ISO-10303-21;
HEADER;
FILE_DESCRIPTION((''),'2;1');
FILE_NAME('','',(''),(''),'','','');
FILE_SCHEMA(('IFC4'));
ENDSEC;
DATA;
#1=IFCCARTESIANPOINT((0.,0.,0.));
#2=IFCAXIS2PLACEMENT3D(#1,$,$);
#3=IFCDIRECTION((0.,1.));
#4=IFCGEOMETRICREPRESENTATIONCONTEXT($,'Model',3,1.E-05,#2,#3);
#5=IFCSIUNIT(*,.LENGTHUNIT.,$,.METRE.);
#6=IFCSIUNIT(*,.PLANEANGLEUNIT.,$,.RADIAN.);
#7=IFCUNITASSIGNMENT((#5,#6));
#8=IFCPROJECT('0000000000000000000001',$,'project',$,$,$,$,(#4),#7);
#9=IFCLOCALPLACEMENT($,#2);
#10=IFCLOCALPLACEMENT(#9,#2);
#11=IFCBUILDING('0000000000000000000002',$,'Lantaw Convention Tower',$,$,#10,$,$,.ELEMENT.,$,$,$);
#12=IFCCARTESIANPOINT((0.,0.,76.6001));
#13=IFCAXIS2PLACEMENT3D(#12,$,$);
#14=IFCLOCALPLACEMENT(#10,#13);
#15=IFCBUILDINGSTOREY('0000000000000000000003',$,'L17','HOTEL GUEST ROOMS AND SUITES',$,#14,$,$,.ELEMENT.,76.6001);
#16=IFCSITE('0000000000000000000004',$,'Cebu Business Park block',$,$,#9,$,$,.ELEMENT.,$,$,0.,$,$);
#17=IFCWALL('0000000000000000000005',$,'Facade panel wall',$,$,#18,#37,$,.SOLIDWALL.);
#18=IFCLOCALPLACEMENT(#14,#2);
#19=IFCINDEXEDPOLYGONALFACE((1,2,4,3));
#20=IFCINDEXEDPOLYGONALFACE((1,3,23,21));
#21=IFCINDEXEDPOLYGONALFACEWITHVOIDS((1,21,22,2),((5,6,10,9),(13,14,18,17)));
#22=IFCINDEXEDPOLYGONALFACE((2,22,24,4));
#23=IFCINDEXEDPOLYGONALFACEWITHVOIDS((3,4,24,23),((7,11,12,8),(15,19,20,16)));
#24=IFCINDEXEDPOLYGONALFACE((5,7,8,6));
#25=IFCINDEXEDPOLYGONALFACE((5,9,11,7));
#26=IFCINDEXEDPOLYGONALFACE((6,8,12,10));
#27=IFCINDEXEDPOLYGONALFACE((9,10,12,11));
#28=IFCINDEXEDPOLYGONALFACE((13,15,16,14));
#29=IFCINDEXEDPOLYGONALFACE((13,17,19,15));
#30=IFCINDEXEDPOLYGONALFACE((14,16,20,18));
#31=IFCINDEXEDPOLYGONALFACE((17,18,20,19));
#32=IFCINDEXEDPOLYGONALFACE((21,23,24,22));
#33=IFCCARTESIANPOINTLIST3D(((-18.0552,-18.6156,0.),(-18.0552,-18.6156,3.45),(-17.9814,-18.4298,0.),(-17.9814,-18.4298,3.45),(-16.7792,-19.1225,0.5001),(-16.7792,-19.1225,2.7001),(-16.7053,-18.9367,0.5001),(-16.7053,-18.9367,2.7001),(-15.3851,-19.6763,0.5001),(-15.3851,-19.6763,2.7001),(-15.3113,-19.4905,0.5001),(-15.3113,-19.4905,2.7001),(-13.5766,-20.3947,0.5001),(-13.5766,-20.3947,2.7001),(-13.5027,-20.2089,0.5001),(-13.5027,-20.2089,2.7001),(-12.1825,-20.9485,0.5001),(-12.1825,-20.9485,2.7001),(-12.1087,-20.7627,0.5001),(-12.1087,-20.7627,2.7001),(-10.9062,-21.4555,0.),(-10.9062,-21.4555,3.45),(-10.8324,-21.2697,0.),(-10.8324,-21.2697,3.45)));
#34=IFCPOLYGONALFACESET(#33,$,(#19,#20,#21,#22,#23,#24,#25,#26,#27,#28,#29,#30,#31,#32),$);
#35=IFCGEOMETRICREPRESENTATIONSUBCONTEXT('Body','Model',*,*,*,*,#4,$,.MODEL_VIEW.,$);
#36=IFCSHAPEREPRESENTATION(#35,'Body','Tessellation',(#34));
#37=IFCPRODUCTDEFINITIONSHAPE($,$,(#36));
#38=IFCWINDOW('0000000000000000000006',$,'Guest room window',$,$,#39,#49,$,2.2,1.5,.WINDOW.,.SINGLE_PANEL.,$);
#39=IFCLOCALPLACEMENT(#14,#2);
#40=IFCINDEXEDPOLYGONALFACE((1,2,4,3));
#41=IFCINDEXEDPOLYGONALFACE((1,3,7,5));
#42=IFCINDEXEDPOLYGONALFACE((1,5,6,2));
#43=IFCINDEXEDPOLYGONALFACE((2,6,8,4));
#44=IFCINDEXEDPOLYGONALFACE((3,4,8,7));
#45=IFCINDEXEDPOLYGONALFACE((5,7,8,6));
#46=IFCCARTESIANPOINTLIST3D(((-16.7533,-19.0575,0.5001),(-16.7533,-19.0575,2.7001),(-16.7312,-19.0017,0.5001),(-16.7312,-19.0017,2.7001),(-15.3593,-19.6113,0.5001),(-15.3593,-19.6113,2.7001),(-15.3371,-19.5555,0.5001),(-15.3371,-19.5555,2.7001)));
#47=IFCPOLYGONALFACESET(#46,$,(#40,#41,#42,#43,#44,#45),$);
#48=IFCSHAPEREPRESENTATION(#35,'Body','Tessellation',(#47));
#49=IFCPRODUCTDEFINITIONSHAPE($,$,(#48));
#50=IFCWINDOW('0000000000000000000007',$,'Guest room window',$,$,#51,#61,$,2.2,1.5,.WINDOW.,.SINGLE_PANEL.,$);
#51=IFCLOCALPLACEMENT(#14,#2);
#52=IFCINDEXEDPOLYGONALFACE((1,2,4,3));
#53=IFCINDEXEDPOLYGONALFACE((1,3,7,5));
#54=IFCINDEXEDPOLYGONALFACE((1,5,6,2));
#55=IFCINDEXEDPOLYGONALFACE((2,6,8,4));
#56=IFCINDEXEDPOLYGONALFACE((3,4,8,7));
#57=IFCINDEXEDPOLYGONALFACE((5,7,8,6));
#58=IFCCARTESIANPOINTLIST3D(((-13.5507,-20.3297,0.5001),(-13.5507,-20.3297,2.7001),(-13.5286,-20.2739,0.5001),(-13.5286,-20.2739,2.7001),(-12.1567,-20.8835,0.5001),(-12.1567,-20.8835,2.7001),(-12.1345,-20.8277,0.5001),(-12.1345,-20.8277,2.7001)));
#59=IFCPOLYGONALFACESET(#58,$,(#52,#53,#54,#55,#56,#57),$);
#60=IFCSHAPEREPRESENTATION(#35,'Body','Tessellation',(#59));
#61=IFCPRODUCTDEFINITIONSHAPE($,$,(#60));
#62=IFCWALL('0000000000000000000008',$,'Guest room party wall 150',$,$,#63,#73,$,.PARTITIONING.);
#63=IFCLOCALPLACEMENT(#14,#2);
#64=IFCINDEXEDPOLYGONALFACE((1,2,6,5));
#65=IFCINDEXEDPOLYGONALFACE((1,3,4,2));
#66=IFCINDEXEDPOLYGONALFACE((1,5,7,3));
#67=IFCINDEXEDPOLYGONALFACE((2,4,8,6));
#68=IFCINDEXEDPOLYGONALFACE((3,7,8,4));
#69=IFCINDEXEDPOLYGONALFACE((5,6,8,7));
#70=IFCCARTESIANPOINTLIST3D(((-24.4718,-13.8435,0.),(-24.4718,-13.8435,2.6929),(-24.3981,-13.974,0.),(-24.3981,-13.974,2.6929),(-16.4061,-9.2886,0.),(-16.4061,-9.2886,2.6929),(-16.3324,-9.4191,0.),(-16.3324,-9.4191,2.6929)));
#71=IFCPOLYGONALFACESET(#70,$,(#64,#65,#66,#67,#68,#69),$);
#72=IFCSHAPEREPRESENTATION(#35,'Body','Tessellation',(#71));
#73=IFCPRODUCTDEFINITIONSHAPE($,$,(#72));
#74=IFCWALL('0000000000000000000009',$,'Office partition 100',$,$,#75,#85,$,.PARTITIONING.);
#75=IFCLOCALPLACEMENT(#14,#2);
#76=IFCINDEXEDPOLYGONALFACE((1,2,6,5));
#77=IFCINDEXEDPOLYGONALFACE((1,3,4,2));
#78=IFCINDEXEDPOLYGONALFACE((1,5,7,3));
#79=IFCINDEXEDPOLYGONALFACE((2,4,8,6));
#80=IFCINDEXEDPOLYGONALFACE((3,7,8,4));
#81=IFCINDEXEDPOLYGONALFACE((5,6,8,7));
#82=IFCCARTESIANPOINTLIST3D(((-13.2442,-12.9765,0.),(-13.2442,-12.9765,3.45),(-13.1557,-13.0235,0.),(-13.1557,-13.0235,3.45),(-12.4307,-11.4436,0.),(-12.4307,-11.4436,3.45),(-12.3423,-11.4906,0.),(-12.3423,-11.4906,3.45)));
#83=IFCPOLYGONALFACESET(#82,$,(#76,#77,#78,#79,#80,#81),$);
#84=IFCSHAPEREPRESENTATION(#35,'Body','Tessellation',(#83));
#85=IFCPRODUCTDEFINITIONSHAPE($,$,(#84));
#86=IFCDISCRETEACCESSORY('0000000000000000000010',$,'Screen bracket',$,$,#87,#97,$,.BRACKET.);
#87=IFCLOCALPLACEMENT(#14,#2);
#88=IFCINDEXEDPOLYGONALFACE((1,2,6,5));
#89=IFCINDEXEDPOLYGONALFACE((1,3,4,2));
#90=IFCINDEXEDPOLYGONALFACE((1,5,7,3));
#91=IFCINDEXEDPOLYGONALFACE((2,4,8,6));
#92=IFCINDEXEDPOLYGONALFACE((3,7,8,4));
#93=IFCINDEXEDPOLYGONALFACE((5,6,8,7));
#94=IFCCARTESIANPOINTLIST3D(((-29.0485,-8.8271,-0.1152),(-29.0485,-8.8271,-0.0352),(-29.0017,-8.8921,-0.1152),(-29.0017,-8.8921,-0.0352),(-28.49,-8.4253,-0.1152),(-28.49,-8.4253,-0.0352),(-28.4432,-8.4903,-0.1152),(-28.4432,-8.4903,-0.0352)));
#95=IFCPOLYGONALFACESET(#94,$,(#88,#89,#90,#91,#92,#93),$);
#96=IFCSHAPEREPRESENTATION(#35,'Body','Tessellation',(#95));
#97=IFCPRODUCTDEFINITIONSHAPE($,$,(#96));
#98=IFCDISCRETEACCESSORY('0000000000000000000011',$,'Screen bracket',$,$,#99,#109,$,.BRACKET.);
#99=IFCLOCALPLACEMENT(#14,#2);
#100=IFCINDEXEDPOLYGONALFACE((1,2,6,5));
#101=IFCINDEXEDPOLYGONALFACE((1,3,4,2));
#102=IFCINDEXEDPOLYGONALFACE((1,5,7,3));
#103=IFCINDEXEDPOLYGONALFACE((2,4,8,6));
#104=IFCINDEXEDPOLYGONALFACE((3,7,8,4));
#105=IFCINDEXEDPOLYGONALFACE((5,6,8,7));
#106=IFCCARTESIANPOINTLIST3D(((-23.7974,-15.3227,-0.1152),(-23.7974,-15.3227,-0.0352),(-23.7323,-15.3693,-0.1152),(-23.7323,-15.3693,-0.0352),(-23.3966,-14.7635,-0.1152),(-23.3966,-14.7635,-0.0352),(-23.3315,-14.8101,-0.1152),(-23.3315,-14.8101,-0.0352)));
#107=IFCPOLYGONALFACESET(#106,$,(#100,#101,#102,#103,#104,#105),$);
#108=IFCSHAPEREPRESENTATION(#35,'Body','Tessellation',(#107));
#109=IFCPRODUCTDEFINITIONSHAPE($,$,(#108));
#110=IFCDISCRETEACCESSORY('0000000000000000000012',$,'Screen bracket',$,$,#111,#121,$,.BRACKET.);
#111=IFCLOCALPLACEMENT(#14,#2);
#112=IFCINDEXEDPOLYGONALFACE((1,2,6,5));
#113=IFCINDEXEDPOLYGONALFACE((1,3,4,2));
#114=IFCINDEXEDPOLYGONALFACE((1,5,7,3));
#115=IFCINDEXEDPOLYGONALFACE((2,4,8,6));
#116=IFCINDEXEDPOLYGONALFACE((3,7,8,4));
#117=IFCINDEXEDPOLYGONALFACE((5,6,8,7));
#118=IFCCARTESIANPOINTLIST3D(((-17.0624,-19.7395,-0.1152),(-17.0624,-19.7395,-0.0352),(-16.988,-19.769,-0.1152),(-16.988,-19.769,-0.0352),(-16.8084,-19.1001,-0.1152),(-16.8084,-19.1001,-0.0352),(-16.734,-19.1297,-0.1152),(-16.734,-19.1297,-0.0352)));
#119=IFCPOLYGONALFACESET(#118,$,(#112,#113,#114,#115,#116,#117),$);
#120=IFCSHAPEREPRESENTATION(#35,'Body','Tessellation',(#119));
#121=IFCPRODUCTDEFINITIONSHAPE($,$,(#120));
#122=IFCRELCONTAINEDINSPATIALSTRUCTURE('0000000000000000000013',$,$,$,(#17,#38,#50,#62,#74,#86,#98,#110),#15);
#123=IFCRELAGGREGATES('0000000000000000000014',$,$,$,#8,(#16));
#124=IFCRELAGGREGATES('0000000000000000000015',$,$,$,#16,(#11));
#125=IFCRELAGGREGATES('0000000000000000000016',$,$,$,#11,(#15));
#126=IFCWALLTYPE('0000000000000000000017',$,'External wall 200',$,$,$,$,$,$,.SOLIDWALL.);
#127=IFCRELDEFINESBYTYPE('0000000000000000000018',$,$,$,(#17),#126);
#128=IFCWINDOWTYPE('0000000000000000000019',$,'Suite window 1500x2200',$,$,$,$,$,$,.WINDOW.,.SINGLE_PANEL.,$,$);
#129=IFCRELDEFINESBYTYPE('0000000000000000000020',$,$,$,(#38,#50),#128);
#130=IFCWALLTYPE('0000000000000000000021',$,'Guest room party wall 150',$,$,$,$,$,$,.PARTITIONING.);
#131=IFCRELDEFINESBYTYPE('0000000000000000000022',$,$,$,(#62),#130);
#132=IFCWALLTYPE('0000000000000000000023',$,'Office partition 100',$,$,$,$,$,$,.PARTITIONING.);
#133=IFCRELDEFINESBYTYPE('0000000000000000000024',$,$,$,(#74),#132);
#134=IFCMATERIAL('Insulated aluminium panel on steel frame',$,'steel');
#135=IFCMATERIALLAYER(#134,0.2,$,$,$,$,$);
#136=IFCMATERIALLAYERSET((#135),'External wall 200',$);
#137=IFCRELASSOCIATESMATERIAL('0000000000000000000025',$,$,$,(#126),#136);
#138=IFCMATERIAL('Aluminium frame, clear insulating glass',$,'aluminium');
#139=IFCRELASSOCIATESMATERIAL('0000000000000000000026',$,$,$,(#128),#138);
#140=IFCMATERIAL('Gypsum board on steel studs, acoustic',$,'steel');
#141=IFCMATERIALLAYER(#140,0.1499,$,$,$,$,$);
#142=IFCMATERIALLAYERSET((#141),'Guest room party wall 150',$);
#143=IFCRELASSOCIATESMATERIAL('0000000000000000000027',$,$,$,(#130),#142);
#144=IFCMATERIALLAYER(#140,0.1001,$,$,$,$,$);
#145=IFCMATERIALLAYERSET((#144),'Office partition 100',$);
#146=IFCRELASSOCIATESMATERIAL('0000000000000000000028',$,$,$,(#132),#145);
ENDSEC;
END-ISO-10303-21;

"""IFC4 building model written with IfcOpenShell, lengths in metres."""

from ifc_helpers import new_model, si_unit, direction, frame, frame_2d, origin, origin_2d, place, context, subcontext, project, spatial, rectangle, extrude, material, layer, layer_set, type_object, element, fill, save


model = new_model("IFC4")

# Units and contexts
model_context = context("Model", 3, precision=1e-05, world=origin(), true_north=direction((0.0, 1.0)))
body_context = subcontext(model_context, "Body", "Model", "MODEL_VIEW")
ifc_project = project(units=[si_unit("LENGTHUNIT", "METRE"), si_unit("PLANEANGLEUNIT", "RADIAN")], contexts=[model_context])

# Site, building, storey
site_placement = place(None, origin())
site = spatial("IfcSite", under=ifc_project, at=site_placement, Name="Cebu Business Park block", CompositionType="ELEMENT", RefElevation=0.0)
building_placement = place(site_placement, origin())
building = spatial("IfcBuilding", under=site, at=building_placement, Name="Lantaw Convention Tower", CompositionType="ELEMENT")
storey_placement = place(building_placement, frame((0.0, 0.0, 76.6001)))
storey = spatial("IfcBuildingStorey", under=building, at=storey_placement, Name="L17", Description="HOTEL GUEST ROOMS AND SUITES", CompositionType="ELEMENT", Elevation=76.6001)

# Wall, openings, windows
ifc_material_1 = material(Name="Insulated aluminium panel on steel frame", Category="steel")
ifc_layer_1 = layer(ifc_material_1, 0.2)
ifc_layer_set_1 = layer_set([ifc_layer_1], Name="External wall 200")
wall_type_1 = type_object("IfcWallType", Name="External wall 200", PredefinedType="SOLIDWALL", material=ifc_layer_set_1)
ifc_material_2 = material(Name="Aluminium frame, clear insulating glass", Category="aluminium")
window_type = type_object("IfcWindowType", Name="Suite window 1500x2200", PartitioningType="SINGLE_PANEL", PredefinedType="WINDOW", material=ifc_material_2)
wall_1_placement = place(storey_placement, frame((-18.0183, -18.5227, 0.0), z_axis=(0.0, 0.0, 1.0), x_axis=(0.929358, -0.369179, 0.0)))
wall_1 = element("IfcWall", 1, at=wall_1_placement, inside=storey, type_object=wall_type_1, Name="Facade panel wall", PredefinedType="SOLIDWALL", context=body_context, shape_type="SweptSolid", body=[
    extrude(rectangle(XDim=7.6924, YDim=0.2, at=frame_2d((3.8462, 0.0))), origin(), (0.0, 0.0, 1.0), 3.45),
])
opening_1_placement = place(wall_1_placement, frame((1.373, 0.0, 0.5)))
opening_1 = element("IfcOpeningElement", 2, at=opening_1_placement, cuts=wall_1, PredefinedType="OPENING", context=body_context, shape_type="SweptSolid", body=[
    extrude(rectangle(XDim=1.5, YDim=2.2, at=frame_2d((0.75, 1.1001))), frame((0.0, 0.1099, 0.0), z_axis=(0.0, -1.0, 0.0), x_axis=(1.0, 0.0, 0.0)), (0.0, 0.0, 1.0), 0.22),
])
opening_2_placement = place(wall_1_placement, frame((4.8191, 0.0, 0.5)))
opening_2 = element("IfcOpeningElement", 3, at=opening_2_placement, cuts=wall_1, PredefinedType="OPENING", context=body_context, shape_type="SweptSolid", body=[
    extrude(rectangle(XDim=1.5, YDim=2.2, at=frame_2d((0.75, 1.1001))), frame((0.0, 0.1099, 0.0), z_axis=(0.0, -1.0, 0.0), x_axis=(1.0, 0.0, 0.0)), (0.0, 0.0, 1.0), 0.22),
])
window_1_placement = place(opening_1_placement, origin())
window_1 = element("IfcWindow", 4, at=window_1_placement, inside=storey, type_object=window_type, Name="Guest room window", OverallHeight=2.2, OverallWidth=1.5, PartitioningType="SINGLE_PANEL", PredefinedType="WINDOW", context=body_context, shape_type="SweptSolid", body=[
    extrude(rectangle(XDim=1.5, YDim=2.2, at=frame_2d((0.75, 1.1001))), frame((0.0, 0.03, 0.0), z_axis=(0.0, -1.0, 0.0), x_axis=(1.0, 0.0, 0.0)), (0.0, 0.0, 1.0), 0.0601),
])
fill(opening_1, window_1)
window_2_placement = place(opening_2_placement, origin())
window_2 = element("IfcWindow", 5, at=window_2_placement, inside=storey, type_object=window_type, Name="Guest room window", OverallHeight=2.2, OverallWidth=1.5, PartitioningType="SINGLE_PANEL", PredefinedType="WINDOW", context=body_context, shape_type="SweptSolid", body=[
    extrude(rectangle(XDim=1.5, YDim=2.2, at=frame_2d((0.75, 1.1001))), frame((0.0, 0.03, 0.0), z_axis=(0.0, -1.0, 0.0), x_axis=(1.0, 0.0, 0.0)), (0.0, 0.0, 1.0), 0.0601),
])
fill(opening_2, window_2)

# Walls
ifc_material_3 = material(Name="Gypsum board on steel studs, acoustic", Category="steel")
ifc_layer_2 = layer(ifc_material_3, 0.1499)
ifc_layer_set_2 = layer_set([ifc_layer_2], Name="Guest room party wall 150")
wall_type_2 = type_object("IfcWallType", Name="Guest room party wall 150", PredefinedType="PARTITIONING", material=ifc_layer_set_2)
wall_2_placement = place(storey_placement, frame((-24.4348, -13.9087, 0.0), z_axis=(0.0, 0.0, 1.0), x_axis=(0.870744, 0.491736, 0.0)))
element("IfcWall", 6, at=wall_2_placement, inside=storey, type_object=wall_type_2, Name="Guest room party wall 150", PredefinedType="PARTITIONING", context=body_context, shape_type="SweptSolid", body=[
    extrude(rectangle(XDim=9.2629, YDim=0.1499, at=frame_2d((4.6313, 0.0))), origin(), (0.0, 0.0, 1.0), 2.6929),
])
ifc_layer_3 = layer(ifc_material_3, 0.1001)
ifc_layer_set_3 = layer_set([ifc_layer_3], Name="Office partition 100")
wall_type_3 = type_object("IfcWallType", Name="Office partition 100", PredefinedType="PARTITIONING", material=ifc_layer_set_3)
wall_3_placement = place(storey_placement, frame((-13.2, -13.0, 0.0), z_axis=(0.0, 0.0, 1.0), x_axis=(0.468747, 0.883332, 0.0)))
element("IfcWall", 7, at=wall_3_placement, inside=storey, type_object=wall_type_3, Name="Office partition 100", PredefinedType="PARTITIONING", context=body_context, shape_type="SweptSolid", body=[
    extrude(rectangle(XDim=1.7354, YDim=0.1001, at=frame_2d((0.8677, 0.0))), origin(), (0.0, 0.0, 1.0), 3.45),
])

# Discrete accessories
for number, where, z_axis, x_axis, name in (
    (8, (-28.7458, -8.6587, -0.1152), (0.0, 0.0, 1.0), (0.583951, -0.811789, 0.0), "Screen bracket"),
    (9, (-23.5645, -15.0664, -0.1152), (0.0, 0.0, 1.0), (0.812804, -0.582538, 0.0), "Screen bracket"),
    (10, (-16.8982, -19.4346, -0.1152), (0.0, 0.0, 1.0), (0.929361, -0.369172, 0.0), "Screen bracket"),
):
    element("IfcDiscreteAccessory", number, at=place(storey_placement, frame(where, z_axis=z_axis, x_axis=x_axis)), inside=storey, Name=name, PredefinedType="BRACKET", context=body_context, shape_type="SweptSolid", body=[
        extrude(rectangle(XDim=0.0801, YDim=0.688, at=origin_2d()), origin(), (0.0, 0.0, 1.0), 0.0801),
    ])

save(model, "model.ifc")
